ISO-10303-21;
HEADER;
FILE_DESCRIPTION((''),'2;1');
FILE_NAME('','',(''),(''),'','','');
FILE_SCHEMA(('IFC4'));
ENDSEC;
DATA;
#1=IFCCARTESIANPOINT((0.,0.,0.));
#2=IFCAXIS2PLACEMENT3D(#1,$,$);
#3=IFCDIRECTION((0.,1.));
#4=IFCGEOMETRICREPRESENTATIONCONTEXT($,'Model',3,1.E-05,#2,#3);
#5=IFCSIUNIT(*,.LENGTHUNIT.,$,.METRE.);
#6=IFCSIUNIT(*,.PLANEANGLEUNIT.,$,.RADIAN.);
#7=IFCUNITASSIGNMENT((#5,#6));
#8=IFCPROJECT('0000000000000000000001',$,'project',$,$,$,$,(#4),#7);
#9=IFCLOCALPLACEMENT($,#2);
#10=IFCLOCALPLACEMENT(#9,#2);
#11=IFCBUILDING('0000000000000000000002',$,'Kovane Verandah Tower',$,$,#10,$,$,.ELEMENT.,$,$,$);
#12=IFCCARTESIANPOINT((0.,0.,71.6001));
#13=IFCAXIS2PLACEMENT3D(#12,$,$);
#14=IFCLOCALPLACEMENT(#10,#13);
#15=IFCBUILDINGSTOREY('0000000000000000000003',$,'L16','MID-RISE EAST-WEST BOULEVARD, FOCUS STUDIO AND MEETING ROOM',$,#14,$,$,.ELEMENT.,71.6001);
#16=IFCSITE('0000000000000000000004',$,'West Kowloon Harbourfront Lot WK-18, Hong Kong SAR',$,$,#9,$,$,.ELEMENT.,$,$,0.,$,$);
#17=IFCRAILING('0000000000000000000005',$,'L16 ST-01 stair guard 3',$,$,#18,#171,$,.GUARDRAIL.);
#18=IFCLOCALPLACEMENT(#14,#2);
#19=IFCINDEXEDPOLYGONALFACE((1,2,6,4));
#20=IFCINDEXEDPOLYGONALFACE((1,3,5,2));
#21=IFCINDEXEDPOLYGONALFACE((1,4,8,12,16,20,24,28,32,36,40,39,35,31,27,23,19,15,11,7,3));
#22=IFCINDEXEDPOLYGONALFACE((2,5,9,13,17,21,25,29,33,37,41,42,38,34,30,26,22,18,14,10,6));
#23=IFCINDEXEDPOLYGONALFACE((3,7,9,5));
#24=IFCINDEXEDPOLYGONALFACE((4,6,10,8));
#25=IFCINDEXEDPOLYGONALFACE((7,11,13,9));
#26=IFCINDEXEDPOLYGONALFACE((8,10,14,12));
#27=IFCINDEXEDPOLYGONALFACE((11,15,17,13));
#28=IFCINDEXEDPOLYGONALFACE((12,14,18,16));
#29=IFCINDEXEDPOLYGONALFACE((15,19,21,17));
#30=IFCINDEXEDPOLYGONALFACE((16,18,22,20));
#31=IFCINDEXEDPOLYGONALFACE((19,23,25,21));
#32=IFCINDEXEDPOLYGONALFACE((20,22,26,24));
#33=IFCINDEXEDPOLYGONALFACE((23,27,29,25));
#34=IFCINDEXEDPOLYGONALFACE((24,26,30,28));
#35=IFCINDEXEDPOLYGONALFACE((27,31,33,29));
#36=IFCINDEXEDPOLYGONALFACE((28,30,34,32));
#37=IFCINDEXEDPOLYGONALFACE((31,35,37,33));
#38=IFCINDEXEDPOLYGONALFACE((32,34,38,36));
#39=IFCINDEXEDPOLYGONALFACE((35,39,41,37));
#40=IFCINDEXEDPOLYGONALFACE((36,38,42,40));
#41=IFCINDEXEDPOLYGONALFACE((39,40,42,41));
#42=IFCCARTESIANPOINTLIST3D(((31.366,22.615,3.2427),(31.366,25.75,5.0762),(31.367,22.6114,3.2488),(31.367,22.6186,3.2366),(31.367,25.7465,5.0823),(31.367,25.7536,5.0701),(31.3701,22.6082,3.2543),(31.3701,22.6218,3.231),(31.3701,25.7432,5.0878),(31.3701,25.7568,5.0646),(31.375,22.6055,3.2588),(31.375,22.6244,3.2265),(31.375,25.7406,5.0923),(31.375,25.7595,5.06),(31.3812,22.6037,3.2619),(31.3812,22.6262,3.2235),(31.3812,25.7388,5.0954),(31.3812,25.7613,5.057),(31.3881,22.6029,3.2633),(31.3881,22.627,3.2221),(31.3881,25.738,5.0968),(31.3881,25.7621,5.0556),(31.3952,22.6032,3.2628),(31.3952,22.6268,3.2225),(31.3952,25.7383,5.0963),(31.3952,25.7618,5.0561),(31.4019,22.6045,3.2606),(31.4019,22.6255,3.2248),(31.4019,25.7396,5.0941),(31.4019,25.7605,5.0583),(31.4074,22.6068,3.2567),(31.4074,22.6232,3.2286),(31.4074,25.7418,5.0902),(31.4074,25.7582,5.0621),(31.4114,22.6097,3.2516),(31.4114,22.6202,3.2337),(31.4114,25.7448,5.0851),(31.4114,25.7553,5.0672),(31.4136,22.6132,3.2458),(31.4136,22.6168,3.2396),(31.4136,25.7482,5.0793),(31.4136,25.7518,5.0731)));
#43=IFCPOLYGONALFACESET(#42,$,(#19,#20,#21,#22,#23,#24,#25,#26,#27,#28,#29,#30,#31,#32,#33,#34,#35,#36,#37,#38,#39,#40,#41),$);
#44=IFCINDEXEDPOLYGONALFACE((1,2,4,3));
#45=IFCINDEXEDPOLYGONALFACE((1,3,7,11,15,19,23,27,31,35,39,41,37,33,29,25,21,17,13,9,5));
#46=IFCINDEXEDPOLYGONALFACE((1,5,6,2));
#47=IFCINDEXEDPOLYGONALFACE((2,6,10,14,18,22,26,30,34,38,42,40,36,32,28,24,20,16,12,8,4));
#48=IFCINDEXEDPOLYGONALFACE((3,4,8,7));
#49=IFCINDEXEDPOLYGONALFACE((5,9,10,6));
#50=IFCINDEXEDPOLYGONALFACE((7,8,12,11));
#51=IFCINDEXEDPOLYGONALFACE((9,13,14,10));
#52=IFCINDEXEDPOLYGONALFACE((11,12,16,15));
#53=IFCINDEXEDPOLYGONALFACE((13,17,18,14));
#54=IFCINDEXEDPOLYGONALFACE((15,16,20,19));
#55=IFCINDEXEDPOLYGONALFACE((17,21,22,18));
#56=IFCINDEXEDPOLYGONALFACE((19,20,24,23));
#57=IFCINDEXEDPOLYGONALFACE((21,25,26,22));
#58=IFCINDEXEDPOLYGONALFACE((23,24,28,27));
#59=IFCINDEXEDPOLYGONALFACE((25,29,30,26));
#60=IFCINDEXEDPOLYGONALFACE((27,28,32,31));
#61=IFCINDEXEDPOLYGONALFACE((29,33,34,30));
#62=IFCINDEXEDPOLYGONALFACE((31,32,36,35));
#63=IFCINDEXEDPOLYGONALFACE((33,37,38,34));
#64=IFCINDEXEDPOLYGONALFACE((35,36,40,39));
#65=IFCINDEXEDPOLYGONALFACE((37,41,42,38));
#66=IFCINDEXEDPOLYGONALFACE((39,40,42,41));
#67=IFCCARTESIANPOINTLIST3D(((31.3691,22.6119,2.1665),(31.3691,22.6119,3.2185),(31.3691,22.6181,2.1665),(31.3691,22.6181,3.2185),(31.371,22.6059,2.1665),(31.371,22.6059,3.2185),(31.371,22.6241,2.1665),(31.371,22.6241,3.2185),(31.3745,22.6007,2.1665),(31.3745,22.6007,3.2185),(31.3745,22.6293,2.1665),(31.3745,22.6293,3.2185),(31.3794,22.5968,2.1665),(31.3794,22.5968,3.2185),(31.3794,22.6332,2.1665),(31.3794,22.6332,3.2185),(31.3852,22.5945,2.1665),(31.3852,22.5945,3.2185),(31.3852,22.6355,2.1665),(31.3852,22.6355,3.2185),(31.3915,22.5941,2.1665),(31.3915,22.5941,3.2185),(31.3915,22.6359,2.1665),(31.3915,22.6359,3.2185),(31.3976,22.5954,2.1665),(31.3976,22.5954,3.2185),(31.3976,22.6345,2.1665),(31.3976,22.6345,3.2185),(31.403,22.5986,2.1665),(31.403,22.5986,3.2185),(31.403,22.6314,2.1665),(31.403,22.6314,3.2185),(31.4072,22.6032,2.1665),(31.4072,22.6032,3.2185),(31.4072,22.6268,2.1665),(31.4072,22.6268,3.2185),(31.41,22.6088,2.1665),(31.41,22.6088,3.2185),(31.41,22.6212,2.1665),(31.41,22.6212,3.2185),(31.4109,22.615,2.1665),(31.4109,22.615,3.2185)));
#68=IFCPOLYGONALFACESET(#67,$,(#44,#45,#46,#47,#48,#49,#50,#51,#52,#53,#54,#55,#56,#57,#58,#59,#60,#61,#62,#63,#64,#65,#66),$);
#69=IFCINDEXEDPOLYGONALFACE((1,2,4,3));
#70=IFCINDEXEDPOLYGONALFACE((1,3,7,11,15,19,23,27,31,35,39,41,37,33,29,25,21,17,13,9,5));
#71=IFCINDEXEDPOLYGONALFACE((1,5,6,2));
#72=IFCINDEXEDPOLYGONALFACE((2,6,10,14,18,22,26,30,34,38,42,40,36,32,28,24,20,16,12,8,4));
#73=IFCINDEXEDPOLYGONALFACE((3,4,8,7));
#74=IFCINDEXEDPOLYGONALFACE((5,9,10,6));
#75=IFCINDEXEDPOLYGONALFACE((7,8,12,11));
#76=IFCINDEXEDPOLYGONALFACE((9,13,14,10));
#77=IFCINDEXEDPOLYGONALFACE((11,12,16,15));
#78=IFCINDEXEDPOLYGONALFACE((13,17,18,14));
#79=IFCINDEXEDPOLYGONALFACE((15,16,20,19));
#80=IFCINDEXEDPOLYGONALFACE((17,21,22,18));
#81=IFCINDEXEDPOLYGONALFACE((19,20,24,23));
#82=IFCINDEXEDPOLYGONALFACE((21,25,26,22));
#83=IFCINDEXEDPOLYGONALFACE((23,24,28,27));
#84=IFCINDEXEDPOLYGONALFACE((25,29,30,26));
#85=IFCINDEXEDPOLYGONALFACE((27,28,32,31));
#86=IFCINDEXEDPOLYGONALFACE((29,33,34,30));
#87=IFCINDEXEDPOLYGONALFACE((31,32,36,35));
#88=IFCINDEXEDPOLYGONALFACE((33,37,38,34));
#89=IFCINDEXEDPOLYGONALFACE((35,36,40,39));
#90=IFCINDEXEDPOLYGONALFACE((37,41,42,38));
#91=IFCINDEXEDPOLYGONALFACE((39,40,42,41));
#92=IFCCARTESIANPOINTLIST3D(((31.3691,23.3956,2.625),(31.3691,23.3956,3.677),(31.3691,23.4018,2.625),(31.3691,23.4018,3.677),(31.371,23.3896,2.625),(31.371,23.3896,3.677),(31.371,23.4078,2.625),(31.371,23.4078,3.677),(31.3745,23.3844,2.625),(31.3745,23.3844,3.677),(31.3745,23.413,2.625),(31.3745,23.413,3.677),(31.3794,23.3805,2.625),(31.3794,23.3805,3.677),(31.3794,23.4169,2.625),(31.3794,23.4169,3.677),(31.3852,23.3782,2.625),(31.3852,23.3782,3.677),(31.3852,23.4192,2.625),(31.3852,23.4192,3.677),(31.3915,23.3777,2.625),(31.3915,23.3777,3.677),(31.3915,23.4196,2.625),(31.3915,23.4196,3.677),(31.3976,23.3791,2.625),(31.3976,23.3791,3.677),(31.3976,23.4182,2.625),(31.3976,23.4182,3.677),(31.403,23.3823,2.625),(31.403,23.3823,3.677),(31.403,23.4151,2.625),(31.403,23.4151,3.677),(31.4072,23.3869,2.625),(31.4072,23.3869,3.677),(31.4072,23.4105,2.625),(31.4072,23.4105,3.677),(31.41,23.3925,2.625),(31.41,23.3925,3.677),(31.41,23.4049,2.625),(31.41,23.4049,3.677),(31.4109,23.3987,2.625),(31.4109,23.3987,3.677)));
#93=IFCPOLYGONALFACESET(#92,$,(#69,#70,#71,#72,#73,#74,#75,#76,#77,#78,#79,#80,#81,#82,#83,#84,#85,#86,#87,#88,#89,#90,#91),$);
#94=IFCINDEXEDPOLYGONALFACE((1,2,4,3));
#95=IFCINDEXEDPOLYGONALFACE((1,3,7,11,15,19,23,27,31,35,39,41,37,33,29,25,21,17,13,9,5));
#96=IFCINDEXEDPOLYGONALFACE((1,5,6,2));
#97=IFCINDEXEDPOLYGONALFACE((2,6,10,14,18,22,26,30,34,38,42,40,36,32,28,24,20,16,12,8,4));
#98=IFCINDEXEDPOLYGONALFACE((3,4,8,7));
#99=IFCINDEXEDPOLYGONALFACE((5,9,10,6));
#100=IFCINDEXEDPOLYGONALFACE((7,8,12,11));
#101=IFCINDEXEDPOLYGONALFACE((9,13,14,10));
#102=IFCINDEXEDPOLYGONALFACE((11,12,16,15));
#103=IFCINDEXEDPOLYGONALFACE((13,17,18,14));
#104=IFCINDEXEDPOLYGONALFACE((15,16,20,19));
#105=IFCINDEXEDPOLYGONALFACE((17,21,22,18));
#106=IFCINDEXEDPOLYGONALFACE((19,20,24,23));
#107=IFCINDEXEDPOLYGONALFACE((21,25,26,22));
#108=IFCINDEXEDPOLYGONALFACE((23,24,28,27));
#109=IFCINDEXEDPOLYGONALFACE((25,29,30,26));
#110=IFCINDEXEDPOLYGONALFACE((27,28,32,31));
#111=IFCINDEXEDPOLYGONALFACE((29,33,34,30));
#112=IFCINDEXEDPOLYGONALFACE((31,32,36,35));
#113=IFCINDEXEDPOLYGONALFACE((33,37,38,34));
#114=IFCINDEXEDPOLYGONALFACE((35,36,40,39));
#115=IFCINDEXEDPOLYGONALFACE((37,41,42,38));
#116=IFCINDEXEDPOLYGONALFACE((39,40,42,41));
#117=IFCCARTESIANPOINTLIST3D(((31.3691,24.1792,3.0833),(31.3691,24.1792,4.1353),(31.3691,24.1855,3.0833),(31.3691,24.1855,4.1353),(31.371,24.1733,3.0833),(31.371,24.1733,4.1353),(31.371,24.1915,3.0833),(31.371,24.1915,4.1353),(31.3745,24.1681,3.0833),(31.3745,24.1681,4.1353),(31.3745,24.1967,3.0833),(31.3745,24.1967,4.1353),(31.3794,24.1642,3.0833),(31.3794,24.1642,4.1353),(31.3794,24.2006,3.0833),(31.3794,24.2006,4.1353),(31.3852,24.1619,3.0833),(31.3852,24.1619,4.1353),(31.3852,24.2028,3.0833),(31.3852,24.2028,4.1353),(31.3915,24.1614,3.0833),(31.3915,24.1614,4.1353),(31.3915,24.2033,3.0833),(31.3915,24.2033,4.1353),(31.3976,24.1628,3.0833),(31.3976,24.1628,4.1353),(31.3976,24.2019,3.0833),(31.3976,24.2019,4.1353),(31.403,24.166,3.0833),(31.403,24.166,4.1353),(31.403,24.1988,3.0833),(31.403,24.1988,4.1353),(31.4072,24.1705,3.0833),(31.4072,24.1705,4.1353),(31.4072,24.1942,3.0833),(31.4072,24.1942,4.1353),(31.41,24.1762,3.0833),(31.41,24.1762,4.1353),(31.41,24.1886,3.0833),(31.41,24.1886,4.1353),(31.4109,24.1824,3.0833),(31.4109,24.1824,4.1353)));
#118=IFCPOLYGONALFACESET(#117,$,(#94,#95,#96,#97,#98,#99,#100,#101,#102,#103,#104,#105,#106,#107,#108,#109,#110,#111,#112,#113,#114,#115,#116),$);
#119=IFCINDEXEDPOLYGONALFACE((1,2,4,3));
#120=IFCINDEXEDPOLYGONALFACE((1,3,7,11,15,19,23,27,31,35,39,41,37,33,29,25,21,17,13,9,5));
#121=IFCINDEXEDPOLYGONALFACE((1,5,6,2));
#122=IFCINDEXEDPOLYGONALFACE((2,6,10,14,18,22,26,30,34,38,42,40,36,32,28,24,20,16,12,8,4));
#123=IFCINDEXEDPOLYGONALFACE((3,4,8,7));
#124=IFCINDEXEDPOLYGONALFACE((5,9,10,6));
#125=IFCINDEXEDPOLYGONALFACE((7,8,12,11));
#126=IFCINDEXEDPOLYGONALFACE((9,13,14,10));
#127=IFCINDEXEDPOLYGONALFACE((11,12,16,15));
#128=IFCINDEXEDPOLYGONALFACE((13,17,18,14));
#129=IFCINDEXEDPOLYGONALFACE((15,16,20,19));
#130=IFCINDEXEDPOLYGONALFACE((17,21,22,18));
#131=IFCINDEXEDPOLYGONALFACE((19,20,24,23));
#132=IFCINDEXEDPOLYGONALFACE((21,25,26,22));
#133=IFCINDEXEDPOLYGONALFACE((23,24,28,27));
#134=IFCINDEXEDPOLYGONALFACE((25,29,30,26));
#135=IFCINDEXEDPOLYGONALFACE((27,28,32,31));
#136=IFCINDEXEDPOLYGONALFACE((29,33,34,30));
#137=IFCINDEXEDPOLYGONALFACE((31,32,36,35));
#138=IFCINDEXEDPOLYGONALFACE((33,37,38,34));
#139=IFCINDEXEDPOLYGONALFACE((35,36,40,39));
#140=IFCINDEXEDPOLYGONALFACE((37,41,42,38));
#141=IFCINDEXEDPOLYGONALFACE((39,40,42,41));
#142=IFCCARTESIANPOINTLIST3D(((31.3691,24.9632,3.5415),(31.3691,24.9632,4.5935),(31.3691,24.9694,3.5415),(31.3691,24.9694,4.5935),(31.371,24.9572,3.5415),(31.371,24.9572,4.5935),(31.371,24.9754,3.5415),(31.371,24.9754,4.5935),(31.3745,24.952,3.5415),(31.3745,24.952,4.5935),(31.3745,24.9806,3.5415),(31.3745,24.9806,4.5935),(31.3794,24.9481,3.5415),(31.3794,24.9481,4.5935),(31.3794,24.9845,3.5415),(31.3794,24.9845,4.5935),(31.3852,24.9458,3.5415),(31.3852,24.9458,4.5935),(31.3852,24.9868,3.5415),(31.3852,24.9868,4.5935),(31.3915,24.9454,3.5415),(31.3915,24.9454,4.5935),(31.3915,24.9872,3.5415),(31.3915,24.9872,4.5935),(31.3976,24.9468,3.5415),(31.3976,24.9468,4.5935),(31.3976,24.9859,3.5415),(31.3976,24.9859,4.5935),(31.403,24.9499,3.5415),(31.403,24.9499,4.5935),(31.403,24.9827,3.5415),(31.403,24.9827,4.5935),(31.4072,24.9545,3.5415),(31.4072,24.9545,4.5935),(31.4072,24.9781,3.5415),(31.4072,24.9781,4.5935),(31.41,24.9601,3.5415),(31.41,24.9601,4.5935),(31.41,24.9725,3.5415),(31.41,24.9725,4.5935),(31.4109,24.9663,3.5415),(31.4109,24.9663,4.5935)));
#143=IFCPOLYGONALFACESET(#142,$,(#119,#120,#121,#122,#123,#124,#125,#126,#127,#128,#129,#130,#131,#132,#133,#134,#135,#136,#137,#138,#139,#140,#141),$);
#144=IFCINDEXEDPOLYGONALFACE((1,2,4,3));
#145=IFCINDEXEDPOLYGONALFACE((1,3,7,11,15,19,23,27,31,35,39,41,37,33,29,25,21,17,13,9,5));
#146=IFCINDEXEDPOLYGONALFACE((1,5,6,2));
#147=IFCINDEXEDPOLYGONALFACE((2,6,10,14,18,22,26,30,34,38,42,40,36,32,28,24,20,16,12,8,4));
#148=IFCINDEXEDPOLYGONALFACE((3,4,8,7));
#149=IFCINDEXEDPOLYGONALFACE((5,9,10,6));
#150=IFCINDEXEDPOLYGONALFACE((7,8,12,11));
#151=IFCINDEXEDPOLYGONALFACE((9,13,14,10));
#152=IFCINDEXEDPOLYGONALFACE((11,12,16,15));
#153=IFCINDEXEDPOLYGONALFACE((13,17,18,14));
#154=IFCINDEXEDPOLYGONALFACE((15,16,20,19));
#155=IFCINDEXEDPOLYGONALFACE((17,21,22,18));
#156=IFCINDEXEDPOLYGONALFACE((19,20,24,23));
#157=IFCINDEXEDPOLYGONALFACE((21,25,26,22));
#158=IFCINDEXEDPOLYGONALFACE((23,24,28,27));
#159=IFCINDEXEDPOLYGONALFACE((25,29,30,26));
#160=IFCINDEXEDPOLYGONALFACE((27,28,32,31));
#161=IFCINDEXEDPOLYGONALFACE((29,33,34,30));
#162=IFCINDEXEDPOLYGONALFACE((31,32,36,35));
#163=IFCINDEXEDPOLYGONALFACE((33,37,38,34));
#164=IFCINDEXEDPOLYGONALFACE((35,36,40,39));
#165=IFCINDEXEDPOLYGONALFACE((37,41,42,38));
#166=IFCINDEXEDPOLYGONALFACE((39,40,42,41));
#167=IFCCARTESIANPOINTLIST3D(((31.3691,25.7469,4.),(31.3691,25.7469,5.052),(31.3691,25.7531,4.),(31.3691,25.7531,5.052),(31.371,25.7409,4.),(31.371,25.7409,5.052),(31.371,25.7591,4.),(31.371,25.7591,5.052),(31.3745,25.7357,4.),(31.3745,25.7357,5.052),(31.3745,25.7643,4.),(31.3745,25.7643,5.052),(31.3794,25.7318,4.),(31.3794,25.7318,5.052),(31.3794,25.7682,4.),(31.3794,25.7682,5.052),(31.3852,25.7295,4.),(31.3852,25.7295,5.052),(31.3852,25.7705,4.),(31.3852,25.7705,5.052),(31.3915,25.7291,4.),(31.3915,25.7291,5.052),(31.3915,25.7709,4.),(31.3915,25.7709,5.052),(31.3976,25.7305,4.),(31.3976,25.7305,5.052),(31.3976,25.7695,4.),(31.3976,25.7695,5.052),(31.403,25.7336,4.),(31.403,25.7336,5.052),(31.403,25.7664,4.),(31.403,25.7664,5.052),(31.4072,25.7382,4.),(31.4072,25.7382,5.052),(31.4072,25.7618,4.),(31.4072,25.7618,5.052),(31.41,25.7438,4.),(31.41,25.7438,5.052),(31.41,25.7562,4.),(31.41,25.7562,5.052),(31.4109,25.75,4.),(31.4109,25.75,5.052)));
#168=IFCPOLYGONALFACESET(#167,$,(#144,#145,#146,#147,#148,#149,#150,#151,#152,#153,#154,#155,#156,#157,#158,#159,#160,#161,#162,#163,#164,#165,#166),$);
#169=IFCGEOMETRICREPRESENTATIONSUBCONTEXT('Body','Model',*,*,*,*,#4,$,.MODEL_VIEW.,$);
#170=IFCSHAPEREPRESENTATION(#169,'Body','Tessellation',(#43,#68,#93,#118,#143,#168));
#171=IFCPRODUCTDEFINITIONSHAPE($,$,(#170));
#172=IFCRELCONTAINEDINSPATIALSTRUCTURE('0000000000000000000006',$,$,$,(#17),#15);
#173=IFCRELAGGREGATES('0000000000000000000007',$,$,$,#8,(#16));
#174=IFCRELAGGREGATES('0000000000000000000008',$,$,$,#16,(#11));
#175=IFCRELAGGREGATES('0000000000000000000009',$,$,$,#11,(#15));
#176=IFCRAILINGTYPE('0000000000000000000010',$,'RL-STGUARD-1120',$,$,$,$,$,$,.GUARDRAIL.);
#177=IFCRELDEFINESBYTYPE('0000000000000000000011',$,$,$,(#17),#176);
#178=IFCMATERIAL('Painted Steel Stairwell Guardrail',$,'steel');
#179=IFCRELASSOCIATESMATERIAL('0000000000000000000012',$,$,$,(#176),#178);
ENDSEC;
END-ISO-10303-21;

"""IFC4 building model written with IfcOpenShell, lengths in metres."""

from ifc_helpers import new_model, si_unit, direction, frame, origin, origin_2d, place, context, subcontext, project, spatial, circle, extrude, material, type_object, element, save


model = new_model("IFC4")

# Units and contexts
model_context = context("Model", 3, precision=1e-05, world=origin(), true_north=direction((0.0, 1.0)))
body_context = subcontext(model_context, "Body", "Model", "MODEL_VIEW")
ifc_project = project(units=[si_unit("LENGTHUNIT", "METRE"), si_unit("PLANEANGLEUNIT", "RADIAN")], contexts=[model_context])

# Site, building, storey
site_placement = place(None, origin())
site = spatial("IfcSite", under=ifc_project, at=site_placement, Name="West Kowloon Harbourfront Lot WK-18, Hong Kong SAR", CompositionType="ELEMENT", RefElevation=0.0)
building_placement = place(site_placement, origin())
building = spatial("IfcBuilding", under=site, at=building_placement, Name="Kovane Verandah Tower", CompositionType="ELEMENT")
storey_placement = place(building_placement, frame((0.0, 0.0, 71.6001)))
storey = spatial("IfcBuildingStorey", under=building, at=storey_placement, Name="L16", Description="MID-RISE EAST-WEST BOULEVARD, FOCUS STUDIO AND MEETING ROOM", CompositionType="ELEMENT", Elevation=71.6001)

# Railing
ifc_material_1 = material(Name="Painted Steel Stairwell Guardrail", Category="steel")
railing_type_1 = type_object("IfcRailingType", Name="RL-STGUARD-1120", PredefinedType="GUARDRAIL", material=ifc_material_1)
railing_1_placement = place(storey_placement, frame((31.3899, 22.615, 2.1665)))
element("IfcRailing", 1, at=railing_1_placement, inside=storey, type_object=railing_type_1, Name="L16 ST-01 stair guard 3", PredefinedType="GUARDRAIL", context=body_context, shape_type="SweptSolid", body=[
    extrude(circle(Radius=0.0239, at=origin_2d()), frame((0.0, 0.0, 1.0762), z_axis=(0.0, 0.86321, 0.504845), x_axis=(-1.0, 0.0, 0.0)), (0.0, 0.0, 1.0), 3.6318),
    extrude(circle(Radius=0.021, at=origin_2d()), origin(), (0.0, 0.0, 1.0), 1.052),
    extrude(circle(Radius=0.021, at=origin_2d()), frame((0.0, 0.7837, 0.4585)), (0.0, 0.0, 1.0), 1.052),
    extrude(circle(Radius=0.021, at=origin_2d()), frame((0.0, 1.5674, 0.9167)), (0.0, 0.0, 1.0), 1.052),
    extrude(circle(Radius=0.021, at=origin_2d()), frame((0.0, 2.3513, 1.375)), (0.0, 0.0, 1.0), 1.052),
    extrude(circle(Radius=0.021, at=origin_2d()), frame((0.0, 3.135, 1.8335)), (0.0, 0.0, 1.0), 1.052),
])

save(model, "model.ifc")
